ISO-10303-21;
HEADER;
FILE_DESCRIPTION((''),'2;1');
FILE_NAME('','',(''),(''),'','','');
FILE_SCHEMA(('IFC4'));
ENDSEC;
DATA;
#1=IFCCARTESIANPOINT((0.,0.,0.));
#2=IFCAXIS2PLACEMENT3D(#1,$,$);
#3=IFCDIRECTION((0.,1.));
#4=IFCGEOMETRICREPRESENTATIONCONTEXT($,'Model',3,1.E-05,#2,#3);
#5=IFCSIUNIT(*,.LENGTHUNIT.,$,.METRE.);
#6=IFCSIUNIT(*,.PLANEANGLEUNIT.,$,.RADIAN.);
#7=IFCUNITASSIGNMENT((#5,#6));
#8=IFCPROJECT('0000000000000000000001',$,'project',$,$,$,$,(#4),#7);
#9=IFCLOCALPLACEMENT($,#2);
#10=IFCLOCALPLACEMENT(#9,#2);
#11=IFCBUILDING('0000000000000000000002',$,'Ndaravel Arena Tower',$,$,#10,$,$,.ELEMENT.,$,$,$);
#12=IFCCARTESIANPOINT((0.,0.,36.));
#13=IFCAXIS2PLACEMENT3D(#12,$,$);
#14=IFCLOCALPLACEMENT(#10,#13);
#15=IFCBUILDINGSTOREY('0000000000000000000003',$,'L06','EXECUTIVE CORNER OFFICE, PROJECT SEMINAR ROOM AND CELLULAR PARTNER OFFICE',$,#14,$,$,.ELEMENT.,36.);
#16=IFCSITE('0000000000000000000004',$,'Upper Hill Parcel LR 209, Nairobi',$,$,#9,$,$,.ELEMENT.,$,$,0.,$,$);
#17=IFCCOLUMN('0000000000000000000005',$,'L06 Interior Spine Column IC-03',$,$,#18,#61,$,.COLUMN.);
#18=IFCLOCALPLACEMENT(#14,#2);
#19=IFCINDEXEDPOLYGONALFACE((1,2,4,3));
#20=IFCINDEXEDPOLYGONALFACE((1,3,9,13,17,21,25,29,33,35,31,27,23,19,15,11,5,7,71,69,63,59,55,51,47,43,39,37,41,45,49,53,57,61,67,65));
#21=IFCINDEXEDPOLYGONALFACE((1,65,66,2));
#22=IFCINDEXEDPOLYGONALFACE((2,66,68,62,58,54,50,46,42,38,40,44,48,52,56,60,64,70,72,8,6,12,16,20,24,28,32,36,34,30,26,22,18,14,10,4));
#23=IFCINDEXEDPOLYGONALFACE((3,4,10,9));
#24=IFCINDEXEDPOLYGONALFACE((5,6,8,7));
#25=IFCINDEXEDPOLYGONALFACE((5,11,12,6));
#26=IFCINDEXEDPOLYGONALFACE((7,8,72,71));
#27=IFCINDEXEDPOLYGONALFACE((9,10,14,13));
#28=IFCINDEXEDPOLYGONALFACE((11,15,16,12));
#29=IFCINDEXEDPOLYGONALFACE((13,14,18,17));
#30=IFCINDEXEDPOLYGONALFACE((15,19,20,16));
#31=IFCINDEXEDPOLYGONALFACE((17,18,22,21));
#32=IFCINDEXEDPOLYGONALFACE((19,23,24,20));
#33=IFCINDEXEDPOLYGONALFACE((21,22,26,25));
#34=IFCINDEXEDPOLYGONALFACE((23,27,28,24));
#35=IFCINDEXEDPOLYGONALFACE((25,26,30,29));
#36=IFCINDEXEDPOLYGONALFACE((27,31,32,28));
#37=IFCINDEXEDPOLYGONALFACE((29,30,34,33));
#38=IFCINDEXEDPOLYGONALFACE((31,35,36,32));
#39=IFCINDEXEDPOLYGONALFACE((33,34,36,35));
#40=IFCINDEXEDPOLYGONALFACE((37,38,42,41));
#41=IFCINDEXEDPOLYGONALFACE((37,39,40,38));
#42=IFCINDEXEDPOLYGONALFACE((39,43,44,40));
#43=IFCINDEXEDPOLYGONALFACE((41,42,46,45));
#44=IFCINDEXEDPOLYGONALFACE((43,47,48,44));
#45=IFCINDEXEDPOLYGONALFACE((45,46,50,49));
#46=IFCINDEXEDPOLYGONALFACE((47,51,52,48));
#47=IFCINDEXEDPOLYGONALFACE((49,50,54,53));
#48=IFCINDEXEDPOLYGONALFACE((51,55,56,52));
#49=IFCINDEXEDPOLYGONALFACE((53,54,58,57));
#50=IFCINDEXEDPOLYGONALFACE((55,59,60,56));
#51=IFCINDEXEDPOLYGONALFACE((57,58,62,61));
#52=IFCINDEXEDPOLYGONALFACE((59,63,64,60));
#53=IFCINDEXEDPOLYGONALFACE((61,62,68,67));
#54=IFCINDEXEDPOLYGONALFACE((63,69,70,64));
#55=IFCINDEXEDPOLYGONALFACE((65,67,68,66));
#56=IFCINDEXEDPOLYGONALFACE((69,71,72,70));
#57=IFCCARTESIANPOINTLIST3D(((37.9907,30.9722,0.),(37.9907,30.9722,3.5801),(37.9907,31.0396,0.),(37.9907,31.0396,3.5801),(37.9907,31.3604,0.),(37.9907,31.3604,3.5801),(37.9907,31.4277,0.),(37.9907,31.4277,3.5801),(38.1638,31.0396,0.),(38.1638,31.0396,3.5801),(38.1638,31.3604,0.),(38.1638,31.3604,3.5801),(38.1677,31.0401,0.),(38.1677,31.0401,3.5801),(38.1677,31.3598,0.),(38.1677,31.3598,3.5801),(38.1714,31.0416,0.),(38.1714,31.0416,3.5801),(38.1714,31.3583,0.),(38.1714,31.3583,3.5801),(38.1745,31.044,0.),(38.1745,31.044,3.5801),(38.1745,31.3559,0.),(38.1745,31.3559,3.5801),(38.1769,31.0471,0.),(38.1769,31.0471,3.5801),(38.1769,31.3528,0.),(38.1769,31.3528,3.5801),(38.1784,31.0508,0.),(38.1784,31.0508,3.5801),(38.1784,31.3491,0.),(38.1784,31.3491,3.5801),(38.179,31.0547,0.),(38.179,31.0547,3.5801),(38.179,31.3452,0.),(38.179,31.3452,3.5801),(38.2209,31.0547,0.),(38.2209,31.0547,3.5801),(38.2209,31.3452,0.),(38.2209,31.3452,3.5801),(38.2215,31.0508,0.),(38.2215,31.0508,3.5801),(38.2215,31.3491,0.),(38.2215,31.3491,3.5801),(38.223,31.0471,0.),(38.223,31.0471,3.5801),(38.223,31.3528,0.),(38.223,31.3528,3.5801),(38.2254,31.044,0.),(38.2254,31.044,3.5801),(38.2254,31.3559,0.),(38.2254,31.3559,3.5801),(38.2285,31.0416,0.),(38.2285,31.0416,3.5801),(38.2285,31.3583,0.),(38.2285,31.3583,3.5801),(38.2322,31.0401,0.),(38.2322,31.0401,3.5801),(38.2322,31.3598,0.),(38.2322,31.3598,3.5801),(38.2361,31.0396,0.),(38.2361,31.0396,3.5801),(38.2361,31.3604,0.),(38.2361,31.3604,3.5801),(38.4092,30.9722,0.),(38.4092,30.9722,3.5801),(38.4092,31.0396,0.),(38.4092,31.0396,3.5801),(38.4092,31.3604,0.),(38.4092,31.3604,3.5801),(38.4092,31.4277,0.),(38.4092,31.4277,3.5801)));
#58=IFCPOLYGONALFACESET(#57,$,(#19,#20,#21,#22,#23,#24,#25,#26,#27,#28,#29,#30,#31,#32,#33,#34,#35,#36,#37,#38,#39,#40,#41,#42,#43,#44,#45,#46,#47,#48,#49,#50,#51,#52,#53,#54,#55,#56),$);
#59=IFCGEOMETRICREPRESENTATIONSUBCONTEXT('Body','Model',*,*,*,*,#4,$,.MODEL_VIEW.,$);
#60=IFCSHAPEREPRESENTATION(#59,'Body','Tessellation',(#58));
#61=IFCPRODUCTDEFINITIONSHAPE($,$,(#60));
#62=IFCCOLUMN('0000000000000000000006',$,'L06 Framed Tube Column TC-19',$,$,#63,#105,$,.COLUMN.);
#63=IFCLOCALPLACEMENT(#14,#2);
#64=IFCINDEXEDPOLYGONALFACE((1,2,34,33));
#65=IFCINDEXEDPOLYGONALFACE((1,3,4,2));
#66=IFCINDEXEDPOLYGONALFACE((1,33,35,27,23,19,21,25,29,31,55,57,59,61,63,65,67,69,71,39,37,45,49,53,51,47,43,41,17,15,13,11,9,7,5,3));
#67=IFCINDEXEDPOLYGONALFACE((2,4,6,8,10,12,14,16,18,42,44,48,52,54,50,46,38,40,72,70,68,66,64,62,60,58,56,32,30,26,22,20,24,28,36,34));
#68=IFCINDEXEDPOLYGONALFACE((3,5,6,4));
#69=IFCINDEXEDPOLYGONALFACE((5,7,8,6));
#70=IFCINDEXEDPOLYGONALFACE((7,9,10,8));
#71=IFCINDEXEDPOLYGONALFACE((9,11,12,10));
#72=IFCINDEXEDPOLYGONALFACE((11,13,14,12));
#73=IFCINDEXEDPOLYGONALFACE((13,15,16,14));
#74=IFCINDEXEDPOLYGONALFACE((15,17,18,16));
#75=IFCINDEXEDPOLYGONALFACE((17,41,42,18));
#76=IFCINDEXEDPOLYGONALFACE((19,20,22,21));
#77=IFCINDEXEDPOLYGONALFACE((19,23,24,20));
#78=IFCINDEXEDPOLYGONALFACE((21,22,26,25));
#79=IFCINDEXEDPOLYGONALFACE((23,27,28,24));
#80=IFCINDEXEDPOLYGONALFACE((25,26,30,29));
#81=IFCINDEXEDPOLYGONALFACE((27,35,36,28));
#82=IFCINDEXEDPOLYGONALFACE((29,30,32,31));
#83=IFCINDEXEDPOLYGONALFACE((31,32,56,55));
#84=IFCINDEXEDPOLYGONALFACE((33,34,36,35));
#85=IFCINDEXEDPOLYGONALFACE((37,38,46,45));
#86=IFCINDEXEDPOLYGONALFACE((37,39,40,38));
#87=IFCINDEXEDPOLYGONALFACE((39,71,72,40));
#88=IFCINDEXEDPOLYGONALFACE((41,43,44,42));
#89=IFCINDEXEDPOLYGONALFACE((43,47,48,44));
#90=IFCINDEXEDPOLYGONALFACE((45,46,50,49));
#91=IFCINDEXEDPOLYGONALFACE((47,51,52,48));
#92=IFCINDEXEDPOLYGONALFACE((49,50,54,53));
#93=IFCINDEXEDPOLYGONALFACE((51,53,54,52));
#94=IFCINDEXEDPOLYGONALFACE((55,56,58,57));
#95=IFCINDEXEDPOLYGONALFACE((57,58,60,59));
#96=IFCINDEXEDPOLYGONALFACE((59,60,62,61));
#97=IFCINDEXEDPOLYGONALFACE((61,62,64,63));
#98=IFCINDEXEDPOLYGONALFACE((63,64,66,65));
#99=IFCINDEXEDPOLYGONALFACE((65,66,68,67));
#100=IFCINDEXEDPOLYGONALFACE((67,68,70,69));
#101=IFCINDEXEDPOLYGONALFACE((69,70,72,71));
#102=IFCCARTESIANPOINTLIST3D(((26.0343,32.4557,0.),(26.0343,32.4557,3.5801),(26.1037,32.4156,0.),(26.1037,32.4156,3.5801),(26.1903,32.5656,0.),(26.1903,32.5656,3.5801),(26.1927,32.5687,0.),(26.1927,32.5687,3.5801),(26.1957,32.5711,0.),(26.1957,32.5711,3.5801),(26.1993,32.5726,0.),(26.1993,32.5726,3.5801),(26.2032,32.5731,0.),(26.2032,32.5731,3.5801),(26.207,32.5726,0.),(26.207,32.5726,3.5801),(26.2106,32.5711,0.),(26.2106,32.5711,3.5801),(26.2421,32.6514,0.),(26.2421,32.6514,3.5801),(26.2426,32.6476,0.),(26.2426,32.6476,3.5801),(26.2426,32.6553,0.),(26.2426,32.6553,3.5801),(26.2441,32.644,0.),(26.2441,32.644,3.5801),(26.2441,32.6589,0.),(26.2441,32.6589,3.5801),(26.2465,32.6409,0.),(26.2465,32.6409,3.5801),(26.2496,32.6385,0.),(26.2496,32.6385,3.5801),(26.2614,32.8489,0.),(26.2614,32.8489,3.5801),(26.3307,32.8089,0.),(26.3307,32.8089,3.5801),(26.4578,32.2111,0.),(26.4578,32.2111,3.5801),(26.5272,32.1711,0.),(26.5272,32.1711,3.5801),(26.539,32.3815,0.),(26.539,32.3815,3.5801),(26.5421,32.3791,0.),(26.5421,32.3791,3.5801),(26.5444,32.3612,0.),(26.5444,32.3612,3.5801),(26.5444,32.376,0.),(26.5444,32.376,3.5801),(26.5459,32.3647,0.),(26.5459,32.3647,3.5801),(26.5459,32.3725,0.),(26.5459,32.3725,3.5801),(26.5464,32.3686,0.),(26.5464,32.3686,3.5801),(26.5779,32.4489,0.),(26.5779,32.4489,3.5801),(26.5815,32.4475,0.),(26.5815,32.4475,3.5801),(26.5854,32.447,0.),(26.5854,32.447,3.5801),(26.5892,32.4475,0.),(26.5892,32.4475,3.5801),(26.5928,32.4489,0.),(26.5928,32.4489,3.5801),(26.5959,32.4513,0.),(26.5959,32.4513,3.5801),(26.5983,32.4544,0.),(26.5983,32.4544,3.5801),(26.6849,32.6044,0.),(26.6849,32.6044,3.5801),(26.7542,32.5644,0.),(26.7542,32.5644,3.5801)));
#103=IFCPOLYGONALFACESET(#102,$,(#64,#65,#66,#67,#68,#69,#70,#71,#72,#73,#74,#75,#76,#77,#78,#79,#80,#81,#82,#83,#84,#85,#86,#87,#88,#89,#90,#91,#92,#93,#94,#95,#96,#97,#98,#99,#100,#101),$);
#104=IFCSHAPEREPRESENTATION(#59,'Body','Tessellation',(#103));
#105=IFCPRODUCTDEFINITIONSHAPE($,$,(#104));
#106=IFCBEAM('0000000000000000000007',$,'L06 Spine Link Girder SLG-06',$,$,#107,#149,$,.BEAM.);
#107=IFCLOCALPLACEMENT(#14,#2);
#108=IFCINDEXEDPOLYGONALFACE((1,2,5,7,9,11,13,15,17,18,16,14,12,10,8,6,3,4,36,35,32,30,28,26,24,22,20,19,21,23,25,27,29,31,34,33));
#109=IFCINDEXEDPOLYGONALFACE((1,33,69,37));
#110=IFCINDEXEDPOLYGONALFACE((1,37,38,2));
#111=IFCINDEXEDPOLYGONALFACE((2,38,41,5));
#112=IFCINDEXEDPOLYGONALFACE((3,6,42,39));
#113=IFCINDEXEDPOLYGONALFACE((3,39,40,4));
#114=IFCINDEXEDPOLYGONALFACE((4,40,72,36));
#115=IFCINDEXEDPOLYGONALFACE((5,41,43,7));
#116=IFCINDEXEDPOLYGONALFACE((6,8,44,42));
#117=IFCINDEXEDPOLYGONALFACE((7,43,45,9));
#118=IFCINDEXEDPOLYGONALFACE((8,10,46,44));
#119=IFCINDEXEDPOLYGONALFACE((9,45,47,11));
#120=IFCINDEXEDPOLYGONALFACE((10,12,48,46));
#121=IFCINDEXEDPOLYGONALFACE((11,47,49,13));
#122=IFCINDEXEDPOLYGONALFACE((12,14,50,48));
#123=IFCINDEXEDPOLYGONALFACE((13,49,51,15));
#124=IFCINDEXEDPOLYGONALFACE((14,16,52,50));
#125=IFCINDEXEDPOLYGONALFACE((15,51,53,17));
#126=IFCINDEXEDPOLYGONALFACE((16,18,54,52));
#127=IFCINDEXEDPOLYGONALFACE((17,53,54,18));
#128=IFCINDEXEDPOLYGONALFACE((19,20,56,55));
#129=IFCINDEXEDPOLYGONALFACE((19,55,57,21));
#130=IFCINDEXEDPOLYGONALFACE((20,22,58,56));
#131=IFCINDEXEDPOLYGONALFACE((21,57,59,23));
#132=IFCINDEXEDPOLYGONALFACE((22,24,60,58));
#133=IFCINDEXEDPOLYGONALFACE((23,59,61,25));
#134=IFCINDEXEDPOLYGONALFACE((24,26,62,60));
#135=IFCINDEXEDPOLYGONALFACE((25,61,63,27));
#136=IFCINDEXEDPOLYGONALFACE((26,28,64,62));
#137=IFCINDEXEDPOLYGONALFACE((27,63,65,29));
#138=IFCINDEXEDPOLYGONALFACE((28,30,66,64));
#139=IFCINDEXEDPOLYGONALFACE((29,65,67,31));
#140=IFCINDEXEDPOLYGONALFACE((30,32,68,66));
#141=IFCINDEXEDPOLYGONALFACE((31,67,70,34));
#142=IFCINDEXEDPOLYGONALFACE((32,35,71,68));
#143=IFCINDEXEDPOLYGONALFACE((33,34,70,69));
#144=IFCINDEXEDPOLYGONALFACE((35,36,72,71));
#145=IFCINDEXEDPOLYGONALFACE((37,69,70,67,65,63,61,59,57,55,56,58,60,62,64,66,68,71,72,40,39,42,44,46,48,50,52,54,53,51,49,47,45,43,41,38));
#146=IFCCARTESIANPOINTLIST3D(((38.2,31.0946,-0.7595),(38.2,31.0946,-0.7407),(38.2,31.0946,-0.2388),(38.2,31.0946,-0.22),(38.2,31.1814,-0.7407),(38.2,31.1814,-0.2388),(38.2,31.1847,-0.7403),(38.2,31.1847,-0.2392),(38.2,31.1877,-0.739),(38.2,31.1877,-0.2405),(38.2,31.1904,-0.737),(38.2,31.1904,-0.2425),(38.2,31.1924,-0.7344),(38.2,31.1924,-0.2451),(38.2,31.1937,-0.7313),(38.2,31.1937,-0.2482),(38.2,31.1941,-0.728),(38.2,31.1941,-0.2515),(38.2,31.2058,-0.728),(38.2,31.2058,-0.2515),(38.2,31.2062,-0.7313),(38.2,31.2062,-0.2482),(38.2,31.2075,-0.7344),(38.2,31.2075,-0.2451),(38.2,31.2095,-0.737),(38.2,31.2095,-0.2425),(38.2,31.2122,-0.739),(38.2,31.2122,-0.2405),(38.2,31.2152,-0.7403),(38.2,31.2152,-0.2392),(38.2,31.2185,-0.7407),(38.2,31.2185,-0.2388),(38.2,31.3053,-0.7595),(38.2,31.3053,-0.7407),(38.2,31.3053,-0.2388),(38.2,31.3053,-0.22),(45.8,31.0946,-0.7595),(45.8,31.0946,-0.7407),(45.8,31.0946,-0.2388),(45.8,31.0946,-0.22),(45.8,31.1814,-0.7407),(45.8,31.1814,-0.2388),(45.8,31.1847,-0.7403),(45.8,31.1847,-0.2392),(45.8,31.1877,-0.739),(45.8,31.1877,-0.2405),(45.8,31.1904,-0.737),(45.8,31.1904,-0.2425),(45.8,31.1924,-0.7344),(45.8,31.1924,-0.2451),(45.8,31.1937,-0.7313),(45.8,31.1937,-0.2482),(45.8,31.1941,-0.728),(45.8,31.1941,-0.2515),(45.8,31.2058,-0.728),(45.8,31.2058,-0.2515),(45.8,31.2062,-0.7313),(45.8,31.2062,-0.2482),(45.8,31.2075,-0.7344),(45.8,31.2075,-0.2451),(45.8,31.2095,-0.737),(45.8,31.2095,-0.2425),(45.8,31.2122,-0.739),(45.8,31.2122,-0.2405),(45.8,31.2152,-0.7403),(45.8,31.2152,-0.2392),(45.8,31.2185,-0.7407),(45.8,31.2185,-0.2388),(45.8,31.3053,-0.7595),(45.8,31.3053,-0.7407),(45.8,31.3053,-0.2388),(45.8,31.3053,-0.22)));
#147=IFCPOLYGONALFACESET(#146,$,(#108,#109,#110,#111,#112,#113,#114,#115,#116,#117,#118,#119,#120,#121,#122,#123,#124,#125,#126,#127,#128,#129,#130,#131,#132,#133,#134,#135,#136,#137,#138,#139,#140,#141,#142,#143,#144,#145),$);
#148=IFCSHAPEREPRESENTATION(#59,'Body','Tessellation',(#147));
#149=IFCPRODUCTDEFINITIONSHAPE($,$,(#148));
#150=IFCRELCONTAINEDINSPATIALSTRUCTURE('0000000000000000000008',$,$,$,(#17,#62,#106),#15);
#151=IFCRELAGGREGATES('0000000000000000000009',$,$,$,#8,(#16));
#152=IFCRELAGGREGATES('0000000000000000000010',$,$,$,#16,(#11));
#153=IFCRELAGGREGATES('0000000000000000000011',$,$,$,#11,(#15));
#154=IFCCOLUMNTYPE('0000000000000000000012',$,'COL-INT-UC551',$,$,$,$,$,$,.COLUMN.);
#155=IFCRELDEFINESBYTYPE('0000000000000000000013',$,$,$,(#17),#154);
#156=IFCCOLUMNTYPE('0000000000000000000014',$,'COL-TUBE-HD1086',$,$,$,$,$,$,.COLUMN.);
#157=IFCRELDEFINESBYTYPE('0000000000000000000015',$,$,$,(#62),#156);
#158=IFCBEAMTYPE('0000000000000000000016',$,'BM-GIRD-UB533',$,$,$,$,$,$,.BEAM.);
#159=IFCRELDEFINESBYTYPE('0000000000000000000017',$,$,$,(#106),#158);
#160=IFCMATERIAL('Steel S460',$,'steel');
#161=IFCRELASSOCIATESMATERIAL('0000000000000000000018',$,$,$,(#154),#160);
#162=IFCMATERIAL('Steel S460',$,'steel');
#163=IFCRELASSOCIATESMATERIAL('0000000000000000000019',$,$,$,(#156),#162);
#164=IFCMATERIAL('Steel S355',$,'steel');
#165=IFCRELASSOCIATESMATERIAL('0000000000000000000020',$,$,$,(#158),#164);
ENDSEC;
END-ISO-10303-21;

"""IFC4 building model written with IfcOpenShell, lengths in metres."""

from ifc_helpers import new_model, si_unit, direction, frame, origin, origin_2d, place, context, subcontext, project, spatial, i_section, extrude, material, material_profile, profile_set, type_object, element, save


model = new_model("IFC4")

# Units and contexts
model_context = context("Model", 3, precision=1e-05, world=origin(), true_north=direction((0.0, 1.0)))
body_context = subcontext(model_context, "Body", "Model", "MODEL_VIEW")
ifc_project = project(units=[si_unit("LENGTHUNIT", "METRE"), si_unit("PLANEANGLEUNIT", "RADIAN")], contexts=[model_context])

# Site, building, storey
site_placement = place(None, origin())
site = spatial("IfcSite", under=ifc_project, at=site_placement, Name="Upper Hill Parcel LR 209, Nairobi", CompositionType="ELEMENT", RefElevation=0.0)
building_placement = place(site_placement, origin())
building = spatial("IfcBuilding", under=site, at=building_placement, Name="Ndaravel Arena Tower", CompositionType="ELEMENT")
storey_placement = place(building_placement, frame((0.0, 0.0, 36.0)))
storey = spatial("IfcBuildingStorey", under=building, at=storey_placement, Name="L06", Description="EXECUTIVE CORNER OFFICE, PROJECT SEMINAR ROOM AND CELLULAR PARTNER OFFICE", CompositionType="ELEMENT", Elevation=36.0)

# Columns
ifc_material_1 = material(Name="Steel S460", Category="steel")
ifc_material_profile_1 = material_profile(ifc_material_1, i_section(OverallWidth=0.4185, OverallDepth=0.4556, WebThickness=0.042, FlangeThickness=0.0674, FilletRadius=0.0151, at=origin_2d()), Name="UC 356x406x551")
ifc_profile_set_1 = profile_set([ifc_material_profile_1], Name="Steel S460")
column_type_1 = type_object("IfcColumnType", Name="COL-INT-UC551", PredefinedType="COLUMN", material=ifc_profile_set_1)
column_1_placement = place(storey_placement, frame((38.2, 31.2, 0.0), z_axis=(0.0, 0.0, 1.0), x_axis=(1.0, 0.0, 0.0)))
element("IfcColumn", 1, at=column_1_placement, inside=storey, type_object=column_type_1, Name="L06 Interior Spine Column IC-03", PredefinedType="COLUMN", context=body_context, shape_type="SweptSolid", body=[
    extrude(i_section(OverallWidth=0.4185, OverallDepth=0.4556, WebThickness=0.042, FlangeThickness=0.0674, FilletRadius=0.0151, at=origin_2d()), origin(), (0.0, 0.0, 1.0), 3.5801),
])
ifc_material_2 = material(Name="Steel S460", Category="steel")
ifc_material_profile_2 = material_profile(ifc_material_2, i_section(OverallWidth=0.4541, OverallDepth=0.5691, WebThickness=0.0779, FlangeThickness=0.0801, FilletRadius=0.0149, at=origin_2d()), Name="HD 400x1086")
ifc_profile_set_2 = profile_set([ifc_material_profile_2], Name="Steel S460")
column_type_2 = type_object("IfcColumnType", Name="COL-TUBE-HD1086", PredefinedType="COLUMN", material=ifc_profile_set_2)
column_2_placement = place(storey_placement, frame((26.3943, 32.51, 0.0), z_axis=(0.0, 0.0, 1.0), x_axis=(0.5, 0.866025, 0.0)))
element("IfcColumn", 2, at=column_2_placement, inside=storey, type_object=column_type_2, Name="L06 Framed Tube Column TC-19", PredefinedType="COLUMN", context=body_context, shape_type="SweptSolid", body=[
    extrude(i_section(OverallWidth=0.4541, OverallDepth=0.5691, WebThickness=0.0779, FlangeThickness=0.0801, FilletRadius=0.0149, at=origin_2d()), origin(), (0.0, 0.0, 1.0), 3.5801),
])

# Beam
ifc_material_3 = material(Name="Steel S355", Category="steel")
ifc_material_profile_3 = material_profile(ifc_material_3, i_section(OverallWidth=0.2107, OverallDepth=0.5396, WebThickness=0.0117, FlangeThickness=0.0188, FilletRadius=0.0127, at=origin_2d()), Name="UB 533x210x109")
ifc_profile_set_3 = profile_set([ifc_material_profile_3], Name="Steel S355")
beam_type_1 = type_object("IfcBeamType", Name="BM-GIRD-UB533", PredefinedType="BEAM", material=ifc_profile_set_3)
beam_1_placement = place(storey_placement, frame((38.2, 31.2, -0.4897), z_axis=(1.0, 0.0, 0.0), x_axis=(0.0, 1.0, 0.0)))
element("IfcBeam", 3, at=beam_1_placement, inside=storey, type_object=beam_type_1, Name="L06 Spine Link Girder SLG-06", PredefinedType="BEAM", context=body_context, shape_type="SweptSolid", body=[
    extrude(i_section(OverallWidth=0.2107, OverallDepth=0.5396, WebThickness=0.0117, FlangeThickness=0.0188, FilletRadius=0.0127, at=origin_2d()), origin(), (0.0, 0.0, 1.0), 7.6001),
])

save(model, "model.ifc")
